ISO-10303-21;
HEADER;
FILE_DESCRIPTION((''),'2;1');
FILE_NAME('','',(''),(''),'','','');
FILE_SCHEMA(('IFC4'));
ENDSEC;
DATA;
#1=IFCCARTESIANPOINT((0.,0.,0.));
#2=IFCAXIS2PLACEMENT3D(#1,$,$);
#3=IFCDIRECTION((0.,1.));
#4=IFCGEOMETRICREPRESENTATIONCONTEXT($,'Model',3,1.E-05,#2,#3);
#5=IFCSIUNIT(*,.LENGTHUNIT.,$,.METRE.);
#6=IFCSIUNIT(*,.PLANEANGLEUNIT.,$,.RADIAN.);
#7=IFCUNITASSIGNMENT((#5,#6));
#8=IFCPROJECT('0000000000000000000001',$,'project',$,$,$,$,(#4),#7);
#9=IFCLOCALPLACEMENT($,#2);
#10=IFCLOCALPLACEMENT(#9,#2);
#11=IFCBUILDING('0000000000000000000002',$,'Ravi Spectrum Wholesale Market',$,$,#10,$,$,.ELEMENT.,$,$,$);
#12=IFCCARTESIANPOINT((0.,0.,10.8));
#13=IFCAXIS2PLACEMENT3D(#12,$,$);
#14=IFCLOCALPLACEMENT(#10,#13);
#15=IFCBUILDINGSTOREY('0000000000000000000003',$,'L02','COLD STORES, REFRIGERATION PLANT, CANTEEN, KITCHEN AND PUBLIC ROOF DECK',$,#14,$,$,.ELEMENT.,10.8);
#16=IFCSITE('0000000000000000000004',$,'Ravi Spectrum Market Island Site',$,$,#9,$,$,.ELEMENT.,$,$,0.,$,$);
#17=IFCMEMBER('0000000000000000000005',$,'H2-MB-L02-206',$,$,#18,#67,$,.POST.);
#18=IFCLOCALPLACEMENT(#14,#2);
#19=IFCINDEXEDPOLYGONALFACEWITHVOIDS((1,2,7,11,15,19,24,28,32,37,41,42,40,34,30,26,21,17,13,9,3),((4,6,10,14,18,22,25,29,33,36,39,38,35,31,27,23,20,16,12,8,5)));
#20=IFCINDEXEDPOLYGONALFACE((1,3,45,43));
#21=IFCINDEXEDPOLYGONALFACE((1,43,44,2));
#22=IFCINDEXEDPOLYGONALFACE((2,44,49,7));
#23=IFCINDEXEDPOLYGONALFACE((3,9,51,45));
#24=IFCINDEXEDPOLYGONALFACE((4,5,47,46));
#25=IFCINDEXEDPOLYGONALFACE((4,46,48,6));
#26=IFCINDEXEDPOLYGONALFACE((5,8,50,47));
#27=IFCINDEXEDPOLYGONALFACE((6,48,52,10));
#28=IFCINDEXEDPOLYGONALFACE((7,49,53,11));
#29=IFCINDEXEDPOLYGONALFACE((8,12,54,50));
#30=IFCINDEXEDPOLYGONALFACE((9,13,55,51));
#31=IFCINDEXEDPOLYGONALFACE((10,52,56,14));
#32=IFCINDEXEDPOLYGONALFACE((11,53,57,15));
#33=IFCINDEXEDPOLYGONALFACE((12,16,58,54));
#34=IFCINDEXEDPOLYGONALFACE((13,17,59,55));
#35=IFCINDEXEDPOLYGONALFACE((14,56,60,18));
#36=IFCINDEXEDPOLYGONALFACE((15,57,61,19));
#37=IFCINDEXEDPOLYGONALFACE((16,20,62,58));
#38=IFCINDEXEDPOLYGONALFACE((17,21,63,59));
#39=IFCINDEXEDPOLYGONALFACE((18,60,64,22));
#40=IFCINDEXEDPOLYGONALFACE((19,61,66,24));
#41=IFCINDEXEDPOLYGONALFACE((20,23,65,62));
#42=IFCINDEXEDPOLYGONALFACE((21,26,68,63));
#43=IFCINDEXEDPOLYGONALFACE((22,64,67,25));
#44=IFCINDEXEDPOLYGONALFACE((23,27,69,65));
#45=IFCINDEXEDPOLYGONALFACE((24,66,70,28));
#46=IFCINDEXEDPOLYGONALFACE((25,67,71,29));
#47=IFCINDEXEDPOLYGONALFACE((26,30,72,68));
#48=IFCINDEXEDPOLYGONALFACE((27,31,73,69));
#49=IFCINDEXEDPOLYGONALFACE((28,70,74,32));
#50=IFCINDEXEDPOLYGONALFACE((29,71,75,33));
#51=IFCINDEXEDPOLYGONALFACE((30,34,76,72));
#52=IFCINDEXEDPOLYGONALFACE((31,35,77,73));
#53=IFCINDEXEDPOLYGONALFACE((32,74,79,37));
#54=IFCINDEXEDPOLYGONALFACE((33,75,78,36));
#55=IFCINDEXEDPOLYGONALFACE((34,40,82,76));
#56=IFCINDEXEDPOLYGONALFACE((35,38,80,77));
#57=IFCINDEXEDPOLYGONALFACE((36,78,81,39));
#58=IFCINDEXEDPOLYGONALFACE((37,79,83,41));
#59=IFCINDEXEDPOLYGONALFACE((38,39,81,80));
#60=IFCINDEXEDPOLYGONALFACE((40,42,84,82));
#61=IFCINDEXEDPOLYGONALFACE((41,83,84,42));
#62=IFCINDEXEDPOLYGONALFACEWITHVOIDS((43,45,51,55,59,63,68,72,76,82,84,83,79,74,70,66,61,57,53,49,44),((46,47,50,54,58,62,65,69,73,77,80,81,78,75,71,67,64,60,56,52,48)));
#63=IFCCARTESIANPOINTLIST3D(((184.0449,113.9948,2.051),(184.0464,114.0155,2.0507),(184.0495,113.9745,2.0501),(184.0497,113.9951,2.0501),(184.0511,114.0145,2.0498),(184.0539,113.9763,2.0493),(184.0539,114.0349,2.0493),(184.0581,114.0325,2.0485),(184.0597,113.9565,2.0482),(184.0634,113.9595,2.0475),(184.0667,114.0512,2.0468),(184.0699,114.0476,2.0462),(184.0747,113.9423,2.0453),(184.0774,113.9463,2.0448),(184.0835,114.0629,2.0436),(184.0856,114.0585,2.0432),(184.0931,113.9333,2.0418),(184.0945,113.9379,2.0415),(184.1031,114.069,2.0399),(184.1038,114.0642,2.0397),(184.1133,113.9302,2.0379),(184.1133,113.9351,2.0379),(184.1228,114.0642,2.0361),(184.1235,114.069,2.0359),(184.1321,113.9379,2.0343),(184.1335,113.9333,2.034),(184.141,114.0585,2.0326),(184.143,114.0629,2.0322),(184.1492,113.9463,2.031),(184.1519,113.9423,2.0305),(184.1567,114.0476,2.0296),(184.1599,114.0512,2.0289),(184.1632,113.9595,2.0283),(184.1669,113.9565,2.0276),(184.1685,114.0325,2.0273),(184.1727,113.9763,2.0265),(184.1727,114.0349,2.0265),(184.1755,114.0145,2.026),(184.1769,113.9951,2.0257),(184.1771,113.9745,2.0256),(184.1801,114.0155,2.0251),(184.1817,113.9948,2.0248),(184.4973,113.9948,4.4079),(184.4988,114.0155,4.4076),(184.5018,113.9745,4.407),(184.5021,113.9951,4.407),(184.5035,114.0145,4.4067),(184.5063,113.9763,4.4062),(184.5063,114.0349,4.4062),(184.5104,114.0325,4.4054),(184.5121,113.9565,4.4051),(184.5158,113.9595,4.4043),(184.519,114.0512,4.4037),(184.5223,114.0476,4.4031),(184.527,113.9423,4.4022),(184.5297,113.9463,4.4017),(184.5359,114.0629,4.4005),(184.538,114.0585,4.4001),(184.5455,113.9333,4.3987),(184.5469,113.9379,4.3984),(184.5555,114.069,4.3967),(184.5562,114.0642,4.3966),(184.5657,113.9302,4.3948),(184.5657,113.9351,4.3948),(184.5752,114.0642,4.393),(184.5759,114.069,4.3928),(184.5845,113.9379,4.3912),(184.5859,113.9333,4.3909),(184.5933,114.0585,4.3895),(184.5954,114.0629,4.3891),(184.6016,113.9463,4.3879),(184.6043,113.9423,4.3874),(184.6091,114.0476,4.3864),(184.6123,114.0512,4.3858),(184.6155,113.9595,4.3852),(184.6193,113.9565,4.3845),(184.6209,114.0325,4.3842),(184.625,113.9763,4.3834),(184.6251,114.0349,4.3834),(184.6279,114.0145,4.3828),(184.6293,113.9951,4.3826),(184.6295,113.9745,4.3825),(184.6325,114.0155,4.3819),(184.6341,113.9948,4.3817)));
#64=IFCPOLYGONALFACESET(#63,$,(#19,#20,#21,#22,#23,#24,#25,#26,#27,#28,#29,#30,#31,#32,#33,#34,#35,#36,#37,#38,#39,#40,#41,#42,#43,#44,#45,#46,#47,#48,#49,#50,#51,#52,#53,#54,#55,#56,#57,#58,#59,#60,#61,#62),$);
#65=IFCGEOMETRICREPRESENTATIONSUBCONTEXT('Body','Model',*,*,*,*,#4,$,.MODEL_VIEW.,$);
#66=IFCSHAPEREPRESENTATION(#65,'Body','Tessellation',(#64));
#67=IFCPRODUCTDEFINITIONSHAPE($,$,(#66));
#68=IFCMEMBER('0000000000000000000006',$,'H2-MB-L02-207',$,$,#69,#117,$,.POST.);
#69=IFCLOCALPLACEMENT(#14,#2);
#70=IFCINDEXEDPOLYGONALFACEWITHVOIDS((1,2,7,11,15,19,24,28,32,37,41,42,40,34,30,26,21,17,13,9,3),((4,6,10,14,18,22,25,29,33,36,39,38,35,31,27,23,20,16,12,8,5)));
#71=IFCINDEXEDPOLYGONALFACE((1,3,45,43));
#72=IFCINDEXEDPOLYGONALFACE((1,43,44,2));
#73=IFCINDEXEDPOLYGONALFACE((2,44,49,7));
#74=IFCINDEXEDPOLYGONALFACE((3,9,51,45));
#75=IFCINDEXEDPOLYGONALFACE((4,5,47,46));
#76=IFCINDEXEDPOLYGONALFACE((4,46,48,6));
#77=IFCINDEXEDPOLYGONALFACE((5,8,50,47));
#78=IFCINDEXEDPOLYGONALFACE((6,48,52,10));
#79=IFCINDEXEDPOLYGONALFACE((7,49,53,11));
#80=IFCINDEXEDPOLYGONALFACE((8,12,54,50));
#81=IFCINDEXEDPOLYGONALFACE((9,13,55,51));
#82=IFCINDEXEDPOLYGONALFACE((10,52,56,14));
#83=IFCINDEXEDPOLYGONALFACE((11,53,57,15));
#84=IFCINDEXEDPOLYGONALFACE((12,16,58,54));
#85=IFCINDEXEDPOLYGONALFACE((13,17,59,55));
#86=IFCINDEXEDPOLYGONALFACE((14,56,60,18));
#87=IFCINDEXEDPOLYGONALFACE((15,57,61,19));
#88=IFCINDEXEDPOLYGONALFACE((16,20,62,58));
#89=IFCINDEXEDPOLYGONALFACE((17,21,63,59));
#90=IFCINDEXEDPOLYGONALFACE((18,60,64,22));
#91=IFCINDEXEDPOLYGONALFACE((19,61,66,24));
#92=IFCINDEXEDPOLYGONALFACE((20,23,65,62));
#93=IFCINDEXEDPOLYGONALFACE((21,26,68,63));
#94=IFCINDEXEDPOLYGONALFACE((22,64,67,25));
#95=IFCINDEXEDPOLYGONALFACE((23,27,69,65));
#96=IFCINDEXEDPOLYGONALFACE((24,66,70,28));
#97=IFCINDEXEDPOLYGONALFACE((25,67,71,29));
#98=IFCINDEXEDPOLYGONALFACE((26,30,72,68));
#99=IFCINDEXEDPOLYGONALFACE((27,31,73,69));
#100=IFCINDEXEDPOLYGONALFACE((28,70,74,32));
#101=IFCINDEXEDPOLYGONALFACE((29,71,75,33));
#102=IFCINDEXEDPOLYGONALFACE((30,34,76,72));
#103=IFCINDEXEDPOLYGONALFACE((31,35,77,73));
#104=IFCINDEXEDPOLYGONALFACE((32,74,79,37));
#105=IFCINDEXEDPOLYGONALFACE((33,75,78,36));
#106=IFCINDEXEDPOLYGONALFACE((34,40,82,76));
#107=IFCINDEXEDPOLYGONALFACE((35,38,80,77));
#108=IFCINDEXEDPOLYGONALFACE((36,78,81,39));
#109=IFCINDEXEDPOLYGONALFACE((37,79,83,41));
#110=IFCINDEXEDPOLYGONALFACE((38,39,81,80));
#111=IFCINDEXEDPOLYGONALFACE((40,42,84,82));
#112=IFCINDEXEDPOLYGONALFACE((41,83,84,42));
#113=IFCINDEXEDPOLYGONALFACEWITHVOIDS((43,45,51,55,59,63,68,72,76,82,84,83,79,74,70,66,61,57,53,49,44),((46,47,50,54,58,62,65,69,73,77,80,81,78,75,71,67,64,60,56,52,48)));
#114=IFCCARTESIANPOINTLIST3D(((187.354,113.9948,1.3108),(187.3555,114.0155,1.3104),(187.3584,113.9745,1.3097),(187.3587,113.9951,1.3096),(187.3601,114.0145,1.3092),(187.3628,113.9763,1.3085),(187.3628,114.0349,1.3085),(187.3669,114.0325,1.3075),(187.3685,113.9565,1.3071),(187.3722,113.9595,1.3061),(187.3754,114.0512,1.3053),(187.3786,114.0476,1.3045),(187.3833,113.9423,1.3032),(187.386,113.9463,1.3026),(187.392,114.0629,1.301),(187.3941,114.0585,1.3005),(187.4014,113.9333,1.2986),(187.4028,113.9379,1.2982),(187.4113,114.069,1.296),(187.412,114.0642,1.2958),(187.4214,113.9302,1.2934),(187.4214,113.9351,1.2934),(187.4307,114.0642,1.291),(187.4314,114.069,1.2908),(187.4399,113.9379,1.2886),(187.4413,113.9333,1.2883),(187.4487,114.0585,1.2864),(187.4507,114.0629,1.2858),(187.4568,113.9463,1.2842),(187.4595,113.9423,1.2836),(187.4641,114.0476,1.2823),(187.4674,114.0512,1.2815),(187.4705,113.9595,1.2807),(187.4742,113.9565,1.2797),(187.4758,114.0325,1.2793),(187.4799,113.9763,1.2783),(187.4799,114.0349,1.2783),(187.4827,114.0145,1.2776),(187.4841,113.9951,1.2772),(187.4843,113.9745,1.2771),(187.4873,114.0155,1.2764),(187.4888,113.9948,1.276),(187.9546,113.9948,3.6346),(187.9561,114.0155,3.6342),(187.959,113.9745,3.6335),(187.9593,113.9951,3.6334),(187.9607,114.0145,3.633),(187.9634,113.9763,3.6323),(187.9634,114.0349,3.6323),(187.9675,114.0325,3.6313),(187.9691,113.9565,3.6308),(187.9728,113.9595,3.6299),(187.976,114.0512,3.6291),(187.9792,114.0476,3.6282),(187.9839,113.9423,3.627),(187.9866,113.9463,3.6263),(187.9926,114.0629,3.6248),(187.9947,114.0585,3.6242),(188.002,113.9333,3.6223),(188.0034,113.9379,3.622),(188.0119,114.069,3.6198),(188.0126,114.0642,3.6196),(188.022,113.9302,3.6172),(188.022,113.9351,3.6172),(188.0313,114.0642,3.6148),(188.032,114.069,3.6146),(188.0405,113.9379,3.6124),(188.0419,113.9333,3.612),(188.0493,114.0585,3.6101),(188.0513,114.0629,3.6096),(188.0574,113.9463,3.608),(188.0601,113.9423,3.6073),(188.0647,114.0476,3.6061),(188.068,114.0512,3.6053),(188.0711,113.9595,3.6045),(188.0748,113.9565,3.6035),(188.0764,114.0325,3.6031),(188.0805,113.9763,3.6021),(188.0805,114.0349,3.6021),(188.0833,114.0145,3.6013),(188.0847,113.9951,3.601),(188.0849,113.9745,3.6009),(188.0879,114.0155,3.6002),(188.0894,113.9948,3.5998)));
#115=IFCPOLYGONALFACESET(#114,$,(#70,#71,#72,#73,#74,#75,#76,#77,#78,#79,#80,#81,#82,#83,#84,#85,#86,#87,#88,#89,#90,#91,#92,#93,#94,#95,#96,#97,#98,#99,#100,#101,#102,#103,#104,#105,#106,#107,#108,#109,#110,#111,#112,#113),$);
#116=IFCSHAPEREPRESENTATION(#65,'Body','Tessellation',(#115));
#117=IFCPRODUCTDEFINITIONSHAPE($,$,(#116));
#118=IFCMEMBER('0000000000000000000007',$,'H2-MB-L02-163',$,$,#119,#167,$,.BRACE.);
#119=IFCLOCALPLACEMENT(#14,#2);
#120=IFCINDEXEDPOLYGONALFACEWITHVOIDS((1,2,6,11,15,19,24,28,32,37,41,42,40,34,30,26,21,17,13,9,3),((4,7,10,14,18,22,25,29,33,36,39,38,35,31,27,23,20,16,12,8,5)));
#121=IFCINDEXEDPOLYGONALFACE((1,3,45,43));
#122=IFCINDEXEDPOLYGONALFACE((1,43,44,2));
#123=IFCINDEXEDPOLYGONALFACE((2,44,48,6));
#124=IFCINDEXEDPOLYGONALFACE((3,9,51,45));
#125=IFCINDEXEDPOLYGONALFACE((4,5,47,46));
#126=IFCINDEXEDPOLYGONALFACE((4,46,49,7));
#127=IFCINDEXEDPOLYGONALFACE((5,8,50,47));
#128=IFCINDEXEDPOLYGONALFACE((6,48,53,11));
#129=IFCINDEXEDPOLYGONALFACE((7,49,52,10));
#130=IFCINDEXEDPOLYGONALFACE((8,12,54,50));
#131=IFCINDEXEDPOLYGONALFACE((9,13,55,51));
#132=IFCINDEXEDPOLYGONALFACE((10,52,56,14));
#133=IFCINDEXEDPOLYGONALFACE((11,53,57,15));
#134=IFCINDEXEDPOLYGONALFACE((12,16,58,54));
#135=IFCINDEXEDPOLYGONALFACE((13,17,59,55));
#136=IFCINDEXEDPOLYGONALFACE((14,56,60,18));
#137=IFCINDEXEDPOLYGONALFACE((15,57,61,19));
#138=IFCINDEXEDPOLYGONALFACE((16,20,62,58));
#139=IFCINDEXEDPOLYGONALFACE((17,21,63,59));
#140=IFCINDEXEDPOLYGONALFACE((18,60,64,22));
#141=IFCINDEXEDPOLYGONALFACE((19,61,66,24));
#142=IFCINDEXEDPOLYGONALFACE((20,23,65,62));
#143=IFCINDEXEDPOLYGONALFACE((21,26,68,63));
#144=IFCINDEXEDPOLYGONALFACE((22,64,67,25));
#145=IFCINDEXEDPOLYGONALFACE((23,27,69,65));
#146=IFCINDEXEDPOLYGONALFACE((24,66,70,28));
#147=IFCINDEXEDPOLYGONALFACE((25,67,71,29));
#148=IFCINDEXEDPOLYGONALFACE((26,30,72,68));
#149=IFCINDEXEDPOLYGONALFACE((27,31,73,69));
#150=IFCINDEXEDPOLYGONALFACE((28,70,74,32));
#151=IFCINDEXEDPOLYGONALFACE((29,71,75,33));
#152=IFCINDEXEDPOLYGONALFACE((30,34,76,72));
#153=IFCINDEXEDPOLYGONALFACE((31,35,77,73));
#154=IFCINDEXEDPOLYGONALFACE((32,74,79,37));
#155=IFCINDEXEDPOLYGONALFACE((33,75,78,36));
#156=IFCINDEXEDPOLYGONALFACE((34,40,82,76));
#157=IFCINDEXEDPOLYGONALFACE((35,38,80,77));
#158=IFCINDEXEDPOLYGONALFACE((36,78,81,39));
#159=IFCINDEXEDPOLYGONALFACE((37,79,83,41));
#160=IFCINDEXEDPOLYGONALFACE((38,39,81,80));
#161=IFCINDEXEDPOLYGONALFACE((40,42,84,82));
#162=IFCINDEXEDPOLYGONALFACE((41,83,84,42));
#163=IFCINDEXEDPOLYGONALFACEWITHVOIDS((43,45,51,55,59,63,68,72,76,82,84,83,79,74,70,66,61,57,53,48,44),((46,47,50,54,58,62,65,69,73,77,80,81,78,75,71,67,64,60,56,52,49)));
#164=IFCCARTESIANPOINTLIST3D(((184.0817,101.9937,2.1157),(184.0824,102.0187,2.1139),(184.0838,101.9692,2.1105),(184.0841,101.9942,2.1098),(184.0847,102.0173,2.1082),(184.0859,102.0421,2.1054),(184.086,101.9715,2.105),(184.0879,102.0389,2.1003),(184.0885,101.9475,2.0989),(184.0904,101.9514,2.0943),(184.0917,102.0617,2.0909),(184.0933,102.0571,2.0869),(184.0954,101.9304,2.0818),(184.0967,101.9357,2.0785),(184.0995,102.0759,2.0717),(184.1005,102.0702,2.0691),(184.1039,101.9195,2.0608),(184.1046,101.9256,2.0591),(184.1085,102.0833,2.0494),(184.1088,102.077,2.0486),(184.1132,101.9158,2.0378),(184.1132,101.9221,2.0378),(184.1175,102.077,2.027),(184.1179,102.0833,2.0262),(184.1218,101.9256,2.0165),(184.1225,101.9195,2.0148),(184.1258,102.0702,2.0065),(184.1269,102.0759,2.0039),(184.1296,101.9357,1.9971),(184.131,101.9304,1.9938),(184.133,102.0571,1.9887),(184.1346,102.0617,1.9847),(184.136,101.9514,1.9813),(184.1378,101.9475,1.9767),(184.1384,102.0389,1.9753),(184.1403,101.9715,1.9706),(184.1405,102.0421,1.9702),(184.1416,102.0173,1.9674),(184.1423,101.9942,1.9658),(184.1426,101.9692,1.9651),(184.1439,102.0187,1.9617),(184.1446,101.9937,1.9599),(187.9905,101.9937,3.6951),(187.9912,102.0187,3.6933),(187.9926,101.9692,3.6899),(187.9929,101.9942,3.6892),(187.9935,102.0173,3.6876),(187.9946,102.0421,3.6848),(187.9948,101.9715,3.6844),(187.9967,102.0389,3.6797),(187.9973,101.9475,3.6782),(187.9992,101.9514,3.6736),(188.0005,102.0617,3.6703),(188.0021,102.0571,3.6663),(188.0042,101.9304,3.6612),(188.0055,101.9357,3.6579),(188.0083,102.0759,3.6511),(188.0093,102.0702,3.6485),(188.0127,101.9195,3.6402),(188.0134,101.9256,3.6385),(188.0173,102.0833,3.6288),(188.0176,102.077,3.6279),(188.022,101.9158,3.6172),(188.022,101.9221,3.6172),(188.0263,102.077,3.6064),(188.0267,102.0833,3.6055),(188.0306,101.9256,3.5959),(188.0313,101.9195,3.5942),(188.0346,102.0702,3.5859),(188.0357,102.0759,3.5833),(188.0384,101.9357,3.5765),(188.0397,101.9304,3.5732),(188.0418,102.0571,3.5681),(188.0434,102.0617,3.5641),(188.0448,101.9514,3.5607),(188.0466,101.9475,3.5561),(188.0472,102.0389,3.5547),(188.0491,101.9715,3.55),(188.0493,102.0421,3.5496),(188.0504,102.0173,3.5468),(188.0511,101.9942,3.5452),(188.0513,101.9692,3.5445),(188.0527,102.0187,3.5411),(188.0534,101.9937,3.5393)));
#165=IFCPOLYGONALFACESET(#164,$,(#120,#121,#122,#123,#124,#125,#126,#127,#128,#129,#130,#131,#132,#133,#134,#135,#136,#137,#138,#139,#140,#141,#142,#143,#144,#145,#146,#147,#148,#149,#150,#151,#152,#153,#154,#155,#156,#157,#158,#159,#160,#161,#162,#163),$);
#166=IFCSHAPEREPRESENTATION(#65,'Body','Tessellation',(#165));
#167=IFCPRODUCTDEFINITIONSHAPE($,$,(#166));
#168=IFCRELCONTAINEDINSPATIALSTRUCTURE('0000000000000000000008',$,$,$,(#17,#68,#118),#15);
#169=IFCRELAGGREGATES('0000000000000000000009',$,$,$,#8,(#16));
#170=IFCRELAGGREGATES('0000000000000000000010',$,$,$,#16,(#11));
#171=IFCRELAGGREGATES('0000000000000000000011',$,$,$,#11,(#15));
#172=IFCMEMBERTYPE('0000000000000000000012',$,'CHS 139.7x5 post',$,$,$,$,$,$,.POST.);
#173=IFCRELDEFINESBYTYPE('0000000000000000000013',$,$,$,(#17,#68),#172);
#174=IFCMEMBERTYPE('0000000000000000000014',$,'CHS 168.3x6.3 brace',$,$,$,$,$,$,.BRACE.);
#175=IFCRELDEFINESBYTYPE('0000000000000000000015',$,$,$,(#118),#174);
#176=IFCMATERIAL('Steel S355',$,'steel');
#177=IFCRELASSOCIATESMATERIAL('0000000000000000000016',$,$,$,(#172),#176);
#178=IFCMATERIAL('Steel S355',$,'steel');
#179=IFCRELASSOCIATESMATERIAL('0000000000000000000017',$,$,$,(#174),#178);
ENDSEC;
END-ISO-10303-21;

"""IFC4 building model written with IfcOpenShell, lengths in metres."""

from ifc_helpers import new_model, si_unit, direction, frame, origin, origin_2d, place, context, subcontext, project, spatial, hollow_circle, extrude, material, material_profile, profile_set, type_object, element, save


model = new_model("IFC4")

# Units and contexts
model_context = context("Model", 3, precision=1e-05, world=origin(), true_north=direction((0.0, 1.0)))
body_context = subcontext(model_context, "Body", "Model", "MODEL_VIEW")
ifc_project = project(units=[si_unit("LENGTHUNIT", "METRE"), si_unit("PLANEANGLEUNIT", "RADIAN")], contexts=[model_context])

# Site, building, storey
site_placement = place(None, origin())
site = spatial("IfcSite", under=ifc_project, at=site_placement, Name="Ravi Spectrum Market Island Site", CompositionType="ELEMENT", RefElevation=0.0)
building_placement = place(site_placement, origin())
building = spatial("IfcBuilding", under=site, at=building_placement, Name="Ravi Spectrum Wholesale Market", CompositionType="ELEMENT")
storey_placement = place(building_placement, frame((0.0, 0.0, 10.8)))
storey = spatial("IfcBuildingStorey", under=building, at=storey_placement, Name="L02", Description="COLD STORES, REFRIGERATION PLANT, CANTEEN, KITCHEN AND PUBLIC ROOF DECK", CompositionType="ELEMENT", Elevation=10.8)

# Members
ifc_material_1 = material(Name="Steel S355", Category="steel")
ifc_material_profile_1 = material_profile(ifc_material_1, hollow_circle(Radius=0.0698, WallThickness=0.0049, at=origin_2d()))
ifc_profile_set_1 = profile_set([ifc_material_profile_1], Name="Steel S355")
member_type_1 = type_object("IfcMemberType", Name="CHS 139.7x5 post", PredefinedType="POST", material=ifc_profile_set_1)
member_1_placement = place(storey_placement, frame((184.5657, 114.0, 4.3948), z_axis=(-0.1885, 0.0, -0.982073), x_axis=(0.0, -1.0, 0.0)))
element("IfcMember", 1, at=member_1_placement, inside=storey, type_object=member_type_1, Name="H2-MB-L02-206", PredefinedType="POST", context=body_context, shape_type="SweptSolid", body=[
    extrude(hollow_circle(Radius=0.0698, WallThickness=0.0049, at=origin_2d()), origin(), (0.0, 0.0, 1.0), 2.3999),
])
member_2_placement = place(storey_placement, frame((188.022, 114.0, 3.6172), z_axis=(-0.250235, 0.0, -0.968185), x_axis=(0.0, -1.0, 0.0)))
element("IfcMember", 2, at=member_2_placement, inside=storey, type_object=member_type_1, Name="H2-MB-L02-207", PredefinedType="POST", context=body_context, shape_type="SweptSolid", body=[
    extrude(hollow_circle(Radius=0.0698, WallThickness=0.0049, at=origin_2d()), origin(), (0.0, 0.0, 1.0), 2.4001),
])
ifc_material_2 = material(Name="Steel S355", Category="steel")
ifc_material_profile_2 = material_profile(ifc_material_2, hollow_circle(Radius=0.0842, WallThickness=0.0063, at=origin_2d()))
ifc_profile_set_2 = profile_set([ifc_material_profile_2], Name="Steel S355")
member_type_2 = type_object("IfcMemberType", Name="CHS 168.3x6.3 brace", PredefinedType="BRACE", material=ifc_profile_set_2)
for number, where, z_axis, x_axis, name in (
    (3, (188.022, 102.0, 3.6172), (-0.927173, 0.0, -0.374633), (0.0, -1.0, 0.0), "H2-MB-L02-163"),
):
    element("IfcMember", number, at=place(storey_placement, frame(where, z_axis=z_axis, x_axis=x_axis)), inside=storey, type_object=member_type_2, Name=name, PredefinedType="BRACE", context=body_context, shape_type="SweptSolid", body=[
        extrude(hollow_circle(Radius=0.0842, WallThickness=0.0063, at=origin_2d()), origin(), (0.0, 0.0, 1.0), 4.2158),
    ])

save(model, "model.ifc")
